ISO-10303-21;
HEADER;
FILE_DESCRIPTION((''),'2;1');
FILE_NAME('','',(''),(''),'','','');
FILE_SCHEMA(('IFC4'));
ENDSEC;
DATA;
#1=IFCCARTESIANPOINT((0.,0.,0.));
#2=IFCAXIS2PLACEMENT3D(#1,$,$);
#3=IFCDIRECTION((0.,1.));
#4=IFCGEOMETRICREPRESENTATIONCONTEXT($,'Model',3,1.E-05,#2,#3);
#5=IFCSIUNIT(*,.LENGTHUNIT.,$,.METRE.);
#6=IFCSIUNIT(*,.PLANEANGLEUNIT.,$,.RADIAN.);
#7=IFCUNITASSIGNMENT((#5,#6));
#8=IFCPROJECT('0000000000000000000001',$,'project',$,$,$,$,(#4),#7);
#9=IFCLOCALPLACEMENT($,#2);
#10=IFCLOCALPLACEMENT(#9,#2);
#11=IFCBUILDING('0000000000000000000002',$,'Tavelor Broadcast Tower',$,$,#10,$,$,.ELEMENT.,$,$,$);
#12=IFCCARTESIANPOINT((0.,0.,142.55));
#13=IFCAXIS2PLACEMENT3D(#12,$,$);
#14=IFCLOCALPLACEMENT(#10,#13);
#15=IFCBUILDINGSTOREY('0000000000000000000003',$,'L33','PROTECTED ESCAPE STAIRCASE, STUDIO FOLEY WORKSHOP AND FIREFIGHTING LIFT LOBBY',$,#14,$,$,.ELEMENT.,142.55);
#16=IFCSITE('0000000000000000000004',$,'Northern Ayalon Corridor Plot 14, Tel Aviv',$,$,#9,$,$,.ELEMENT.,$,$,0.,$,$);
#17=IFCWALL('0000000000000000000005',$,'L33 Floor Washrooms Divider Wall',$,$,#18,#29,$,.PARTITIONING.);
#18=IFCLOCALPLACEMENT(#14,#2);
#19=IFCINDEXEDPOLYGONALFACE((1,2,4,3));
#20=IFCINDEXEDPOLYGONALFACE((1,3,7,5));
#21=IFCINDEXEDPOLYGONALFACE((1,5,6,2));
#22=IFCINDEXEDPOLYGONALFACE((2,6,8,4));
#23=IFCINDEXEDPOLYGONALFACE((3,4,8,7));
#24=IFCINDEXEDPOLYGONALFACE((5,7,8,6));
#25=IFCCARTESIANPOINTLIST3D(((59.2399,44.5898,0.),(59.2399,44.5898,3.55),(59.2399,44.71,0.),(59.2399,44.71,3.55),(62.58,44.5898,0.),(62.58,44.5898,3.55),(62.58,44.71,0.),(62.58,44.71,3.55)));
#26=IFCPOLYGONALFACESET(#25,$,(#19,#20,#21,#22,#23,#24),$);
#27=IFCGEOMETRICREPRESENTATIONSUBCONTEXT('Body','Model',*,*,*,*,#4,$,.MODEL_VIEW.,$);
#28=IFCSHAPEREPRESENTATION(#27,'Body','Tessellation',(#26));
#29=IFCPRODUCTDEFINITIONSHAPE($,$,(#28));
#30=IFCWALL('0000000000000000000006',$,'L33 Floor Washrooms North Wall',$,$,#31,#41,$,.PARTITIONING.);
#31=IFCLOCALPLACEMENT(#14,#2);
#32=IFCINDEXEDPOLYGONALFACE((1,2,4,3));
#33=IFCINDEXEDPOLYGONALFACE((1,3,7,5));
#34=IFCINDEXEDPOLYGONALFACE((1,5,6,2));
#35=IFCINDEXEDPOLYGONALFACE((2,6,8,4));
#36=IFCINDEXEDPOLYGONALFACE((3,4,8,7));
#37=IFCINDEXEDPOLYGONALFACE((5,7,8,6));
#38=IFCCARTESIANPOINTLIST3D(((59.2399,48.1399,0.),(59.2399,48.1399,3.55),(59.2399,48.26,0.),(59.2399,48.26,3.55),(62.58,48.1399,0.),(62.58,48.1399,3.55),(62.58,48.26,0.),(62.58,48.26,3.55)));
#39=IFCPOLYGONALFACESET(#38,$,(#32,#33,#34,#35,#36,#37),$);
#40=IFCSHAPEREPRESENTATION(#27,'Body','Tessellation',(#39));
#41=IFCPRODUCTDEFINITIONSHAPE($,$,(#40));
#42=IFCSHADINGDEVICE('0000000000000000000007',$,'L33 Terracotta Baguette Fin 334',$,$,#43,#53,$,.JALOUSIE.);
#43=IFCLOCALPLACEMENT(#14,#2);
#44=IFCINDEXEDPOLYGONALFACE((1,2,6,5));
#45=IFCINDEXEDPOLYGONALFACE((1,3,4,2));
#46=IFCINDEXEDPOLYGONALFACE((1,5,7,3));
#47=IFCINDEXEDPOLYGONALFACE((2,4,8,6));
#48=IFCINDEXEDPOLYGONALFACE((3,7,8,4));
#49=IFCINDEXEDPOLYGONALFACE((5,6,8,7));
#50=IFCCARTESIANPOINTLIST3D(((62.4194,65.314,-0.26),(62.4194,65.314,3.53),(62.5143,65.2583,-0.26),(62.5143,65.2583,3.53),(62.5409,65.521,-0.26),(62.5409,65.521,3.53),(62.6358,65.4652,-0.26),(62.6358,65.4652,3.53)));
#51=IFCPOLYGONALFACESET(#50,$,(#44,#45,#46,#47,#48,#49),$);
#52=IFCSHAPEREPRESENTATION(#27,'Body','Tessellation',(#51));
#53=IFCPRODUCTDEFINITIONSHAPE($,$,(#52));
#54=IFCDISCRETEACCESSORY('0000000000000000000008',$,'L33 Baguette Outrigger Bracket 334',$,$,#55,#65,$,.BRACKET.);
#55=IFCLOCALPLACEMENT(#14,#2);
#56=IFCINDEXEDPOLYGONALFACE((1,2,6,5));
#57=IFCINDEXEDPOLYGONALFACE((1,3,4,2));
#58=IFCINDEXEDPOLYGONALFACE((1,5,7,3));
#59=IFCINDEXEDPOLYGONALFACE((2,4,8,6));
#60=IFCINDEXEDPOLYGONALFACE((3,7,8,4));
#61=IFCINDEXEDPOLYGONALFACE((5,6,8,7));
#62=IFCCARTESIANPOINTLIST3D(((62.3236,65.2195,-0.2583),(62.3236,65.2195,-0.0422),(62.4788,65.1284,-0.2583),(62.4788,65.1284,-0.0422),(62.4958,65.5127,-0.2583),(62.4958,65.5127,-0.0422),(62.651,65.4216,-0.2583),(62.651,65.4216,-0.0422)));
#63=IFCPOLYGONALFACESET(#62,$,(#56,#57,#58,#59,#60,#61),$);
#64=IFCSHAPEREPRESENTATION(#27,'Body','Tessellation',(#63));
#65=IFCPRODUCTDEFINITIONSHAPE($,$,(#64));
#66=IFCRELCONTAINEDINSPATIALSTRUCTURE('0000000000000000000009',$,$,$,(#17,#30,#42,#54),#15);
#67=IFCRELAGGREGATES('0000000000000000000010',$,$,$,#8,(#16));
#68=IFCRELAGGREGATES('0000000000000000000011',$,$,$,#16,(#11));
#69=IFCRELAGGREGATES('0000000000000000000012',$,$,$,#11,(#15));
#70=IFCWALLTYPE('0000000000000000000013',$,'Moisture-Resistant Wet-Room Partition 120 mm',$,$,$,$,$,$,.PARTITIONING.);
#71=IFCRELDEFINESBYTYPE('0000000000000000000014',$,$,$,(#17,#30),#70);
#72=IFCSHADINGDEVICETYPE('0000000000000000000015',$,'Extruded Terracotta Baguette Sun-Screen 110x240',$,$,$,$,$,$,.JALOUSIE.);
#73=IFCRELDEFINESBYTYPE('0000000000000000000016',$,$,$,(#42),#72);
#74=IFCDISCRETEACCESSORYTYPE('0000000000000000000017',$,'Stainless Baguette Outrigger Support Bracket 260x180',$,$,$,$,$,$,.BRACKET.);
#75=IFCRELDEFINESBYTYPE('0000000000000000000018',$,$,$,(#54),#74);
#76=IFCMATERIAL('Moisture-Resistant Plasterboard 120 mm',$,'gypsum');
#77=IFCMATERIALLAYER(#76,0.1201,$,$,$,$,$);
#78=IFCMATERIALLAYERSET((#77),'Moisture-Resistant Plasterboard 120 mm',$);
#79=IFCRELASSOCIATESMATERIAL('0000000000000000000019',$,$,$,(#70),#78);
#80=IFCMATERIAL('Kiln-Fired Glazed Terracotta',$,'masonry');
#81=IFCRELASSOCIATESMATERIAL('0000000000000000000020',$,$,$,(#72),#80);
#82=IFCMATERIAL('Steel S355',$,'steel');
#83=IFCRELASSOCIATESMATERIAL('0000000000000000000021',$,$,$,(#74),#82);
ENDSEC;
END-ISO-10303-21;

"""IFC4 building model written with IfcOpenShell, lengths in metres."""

from ifc_helpers import new_model, si_unit, direction, frame, frame_2d, origin, origin_2d, place, context, subcontext, project, spatial, rectangle, extrude, source, transform, mapped, material, layer, layer_set, type_object, type_shapes, element, save


model = new_model("IFC4")

# Units and contexts
model_context = context("Model", 3, precision=1e-05, world=origin(), true_north=direction((0.0, 1.0)))
body_context = subcontext(model_context, "Body", "Model", "MODEL_VIEW")
ifc_project = project(units=[si_unit("LENGTHUNIT", "METRE"), si_unit("PLANEANGLEUNIT", "RADIAN")], contexts=[model_context])

# Site, building, storey
site_placement = place(None, origin())
site = spatial("IfcSite", under=ifc_project, at=site_placement, Name="Northern Ayalon Corridor Plot 14, Tel Aviv", CompositionType="ELEMENT", RefElevation=0.0)
building_placement = place(site_placement, origin())
building = spatial("IfcBuilding", under=site, at=building_placement, Name="Tavelor Broadcast Tower", CompositionType="ELEMENT")
storey_placement = place(building_placement, frame((0.0, 0.0, 142.55)))
storey = spatial("IfcBuildingStorey", under=building, at=storey_placement, Name="L33", Description="PROTECTED ESCAPE STAIRCASE, STUDIO FOLEY WORKSHOP AND FIREFIGHTING LIFT LOBBY", CompositionType="ELEMENT", Elevation=142.55)

# Shared definitions
ifc_material_1 = material(Name="Steel S355", Category="steel")

# Walls
ifc_material_2 = material(Name="Moisture-Resistant Plasterboard 120 mm", Category="gypsum")
ifc_layer_1 = layer(ifc_material_2, 0.1201)
ifc_layer_set_1 = layer_set([ifc_layer_1], Name="Moisture-Resistant Plasterboard 120 mm")
wall_type_1 = type_object("IfcWallType", Name="Moisture-Resistant Wet-Room Partition 120 mm", PredefinedType="PARTITIONING", material=ifc_layer_set_1)
for number, where, z_axis, x_axis, name in (
    (1, (59.24, 44.6499, 0.0), (0.0, 0.0, 1.0), (1.0, 0.0, 0.0), "L33 Floor Washrooms Divider Wall"),
    (2, (59.24, 48.2, 0.0), (0.0, 0.0, 1.0), (1.0, 0.0, 0.0), "L33 Floor Washrooms North Wall"),
):
    element("IfcWall", number, at=place(storey_placement, frame(where, z_axis=z_axis, x_axis=x_axis)), inside=storey, type_object=wall_type_1, Name=name, PredefinedType="PARTITIONING", context=body_context, shape_type="SweptSolid", body=[
        extrude(rectangle(XDim=3.3401, YDim=0.1201, at=frame_2d((1.6699, 0.0))), origin(), (0.0, 0.0, 1.0), 3.55),
    ])

# Shading device
ifc_material_3 = material(Name="Kiln-Fired Glazed Terracotta", Category="masonry")
shading_device_type = type_object("IfcShadingDeviceType", Name="Extruded Terracotta Baguette Sun-Screen 110x240", PredefinedType="JALOUSIE", material=ifc_material_3)
shared_shape_1 = source(origin(), body_context, "Body", "SweptSolid", [
    extrude(rectangle(XDim=0.1101, YDim=0.24, at=origin_2d()), origin(), (0.0, 0.0, 1.0), 3.79),
])
type_shapes(shading_device_type, [shared_shape_1])
shading_device_placement = place(storey_placement, frame((62.5276, 65.3896, -0.26), z_axis=(0.0, 0.0, 1.0), x_axis=(-0.862337, 0.506335, 0.0)))
element("IfcShadingDevice", 3, at=shading_device_placement, inside=storey, type_object=shading_device_type, Name="L33 Terracotta Baguette Fin 334", PredefinedType="JALOUSIE", context=body_context, shape_type="MappedRepresentation", body=[
    mapped(shared_shape_1, transform((0.0, 0.0, 0.0), scale=1.0)),
])

# Discrete accessory
discrete_accessory_type = type_object("IfcDiscreteAccessoryType", Name="Stainless Baguette Outrigger Support Bracket 260x180", PredefinedType="BRACKET", material=ifc_material_1)
shared_shape_2 = source(origin(), body_context, "Body", "SweptSolid", [
    extrude(rectangle(XDim=0.1799, YDim=0.3401, at=origin_2d()), origin(), (0.0, 0.0, 1.0), 0.2161),
])
type_shapes(discrete_accessory_type, [shared_shape_2])
discrete_accessory_placement = place(storey_placement, frame((62.4873, 65.3206, -0.2583), z_axis=(0.0, 0.0, 1.0), x_axis=(-0.862337, 0.506335, 0.0)))
element("IfcDiscreteAccessory", 4, at=discrete_accessory_placement, inside=storey, type_object=discrete_accessory_type, Name="L33 Baguette Outrigger Bracket 334", PredefinedType="BRACKET", context=body_context, shape_type="MappedRepresentation", body=[
    mapped(shared_shape_2, transform((0.0, 0.0, 0.0), scale=1.0)),
])

save(model, "model.ifc")
